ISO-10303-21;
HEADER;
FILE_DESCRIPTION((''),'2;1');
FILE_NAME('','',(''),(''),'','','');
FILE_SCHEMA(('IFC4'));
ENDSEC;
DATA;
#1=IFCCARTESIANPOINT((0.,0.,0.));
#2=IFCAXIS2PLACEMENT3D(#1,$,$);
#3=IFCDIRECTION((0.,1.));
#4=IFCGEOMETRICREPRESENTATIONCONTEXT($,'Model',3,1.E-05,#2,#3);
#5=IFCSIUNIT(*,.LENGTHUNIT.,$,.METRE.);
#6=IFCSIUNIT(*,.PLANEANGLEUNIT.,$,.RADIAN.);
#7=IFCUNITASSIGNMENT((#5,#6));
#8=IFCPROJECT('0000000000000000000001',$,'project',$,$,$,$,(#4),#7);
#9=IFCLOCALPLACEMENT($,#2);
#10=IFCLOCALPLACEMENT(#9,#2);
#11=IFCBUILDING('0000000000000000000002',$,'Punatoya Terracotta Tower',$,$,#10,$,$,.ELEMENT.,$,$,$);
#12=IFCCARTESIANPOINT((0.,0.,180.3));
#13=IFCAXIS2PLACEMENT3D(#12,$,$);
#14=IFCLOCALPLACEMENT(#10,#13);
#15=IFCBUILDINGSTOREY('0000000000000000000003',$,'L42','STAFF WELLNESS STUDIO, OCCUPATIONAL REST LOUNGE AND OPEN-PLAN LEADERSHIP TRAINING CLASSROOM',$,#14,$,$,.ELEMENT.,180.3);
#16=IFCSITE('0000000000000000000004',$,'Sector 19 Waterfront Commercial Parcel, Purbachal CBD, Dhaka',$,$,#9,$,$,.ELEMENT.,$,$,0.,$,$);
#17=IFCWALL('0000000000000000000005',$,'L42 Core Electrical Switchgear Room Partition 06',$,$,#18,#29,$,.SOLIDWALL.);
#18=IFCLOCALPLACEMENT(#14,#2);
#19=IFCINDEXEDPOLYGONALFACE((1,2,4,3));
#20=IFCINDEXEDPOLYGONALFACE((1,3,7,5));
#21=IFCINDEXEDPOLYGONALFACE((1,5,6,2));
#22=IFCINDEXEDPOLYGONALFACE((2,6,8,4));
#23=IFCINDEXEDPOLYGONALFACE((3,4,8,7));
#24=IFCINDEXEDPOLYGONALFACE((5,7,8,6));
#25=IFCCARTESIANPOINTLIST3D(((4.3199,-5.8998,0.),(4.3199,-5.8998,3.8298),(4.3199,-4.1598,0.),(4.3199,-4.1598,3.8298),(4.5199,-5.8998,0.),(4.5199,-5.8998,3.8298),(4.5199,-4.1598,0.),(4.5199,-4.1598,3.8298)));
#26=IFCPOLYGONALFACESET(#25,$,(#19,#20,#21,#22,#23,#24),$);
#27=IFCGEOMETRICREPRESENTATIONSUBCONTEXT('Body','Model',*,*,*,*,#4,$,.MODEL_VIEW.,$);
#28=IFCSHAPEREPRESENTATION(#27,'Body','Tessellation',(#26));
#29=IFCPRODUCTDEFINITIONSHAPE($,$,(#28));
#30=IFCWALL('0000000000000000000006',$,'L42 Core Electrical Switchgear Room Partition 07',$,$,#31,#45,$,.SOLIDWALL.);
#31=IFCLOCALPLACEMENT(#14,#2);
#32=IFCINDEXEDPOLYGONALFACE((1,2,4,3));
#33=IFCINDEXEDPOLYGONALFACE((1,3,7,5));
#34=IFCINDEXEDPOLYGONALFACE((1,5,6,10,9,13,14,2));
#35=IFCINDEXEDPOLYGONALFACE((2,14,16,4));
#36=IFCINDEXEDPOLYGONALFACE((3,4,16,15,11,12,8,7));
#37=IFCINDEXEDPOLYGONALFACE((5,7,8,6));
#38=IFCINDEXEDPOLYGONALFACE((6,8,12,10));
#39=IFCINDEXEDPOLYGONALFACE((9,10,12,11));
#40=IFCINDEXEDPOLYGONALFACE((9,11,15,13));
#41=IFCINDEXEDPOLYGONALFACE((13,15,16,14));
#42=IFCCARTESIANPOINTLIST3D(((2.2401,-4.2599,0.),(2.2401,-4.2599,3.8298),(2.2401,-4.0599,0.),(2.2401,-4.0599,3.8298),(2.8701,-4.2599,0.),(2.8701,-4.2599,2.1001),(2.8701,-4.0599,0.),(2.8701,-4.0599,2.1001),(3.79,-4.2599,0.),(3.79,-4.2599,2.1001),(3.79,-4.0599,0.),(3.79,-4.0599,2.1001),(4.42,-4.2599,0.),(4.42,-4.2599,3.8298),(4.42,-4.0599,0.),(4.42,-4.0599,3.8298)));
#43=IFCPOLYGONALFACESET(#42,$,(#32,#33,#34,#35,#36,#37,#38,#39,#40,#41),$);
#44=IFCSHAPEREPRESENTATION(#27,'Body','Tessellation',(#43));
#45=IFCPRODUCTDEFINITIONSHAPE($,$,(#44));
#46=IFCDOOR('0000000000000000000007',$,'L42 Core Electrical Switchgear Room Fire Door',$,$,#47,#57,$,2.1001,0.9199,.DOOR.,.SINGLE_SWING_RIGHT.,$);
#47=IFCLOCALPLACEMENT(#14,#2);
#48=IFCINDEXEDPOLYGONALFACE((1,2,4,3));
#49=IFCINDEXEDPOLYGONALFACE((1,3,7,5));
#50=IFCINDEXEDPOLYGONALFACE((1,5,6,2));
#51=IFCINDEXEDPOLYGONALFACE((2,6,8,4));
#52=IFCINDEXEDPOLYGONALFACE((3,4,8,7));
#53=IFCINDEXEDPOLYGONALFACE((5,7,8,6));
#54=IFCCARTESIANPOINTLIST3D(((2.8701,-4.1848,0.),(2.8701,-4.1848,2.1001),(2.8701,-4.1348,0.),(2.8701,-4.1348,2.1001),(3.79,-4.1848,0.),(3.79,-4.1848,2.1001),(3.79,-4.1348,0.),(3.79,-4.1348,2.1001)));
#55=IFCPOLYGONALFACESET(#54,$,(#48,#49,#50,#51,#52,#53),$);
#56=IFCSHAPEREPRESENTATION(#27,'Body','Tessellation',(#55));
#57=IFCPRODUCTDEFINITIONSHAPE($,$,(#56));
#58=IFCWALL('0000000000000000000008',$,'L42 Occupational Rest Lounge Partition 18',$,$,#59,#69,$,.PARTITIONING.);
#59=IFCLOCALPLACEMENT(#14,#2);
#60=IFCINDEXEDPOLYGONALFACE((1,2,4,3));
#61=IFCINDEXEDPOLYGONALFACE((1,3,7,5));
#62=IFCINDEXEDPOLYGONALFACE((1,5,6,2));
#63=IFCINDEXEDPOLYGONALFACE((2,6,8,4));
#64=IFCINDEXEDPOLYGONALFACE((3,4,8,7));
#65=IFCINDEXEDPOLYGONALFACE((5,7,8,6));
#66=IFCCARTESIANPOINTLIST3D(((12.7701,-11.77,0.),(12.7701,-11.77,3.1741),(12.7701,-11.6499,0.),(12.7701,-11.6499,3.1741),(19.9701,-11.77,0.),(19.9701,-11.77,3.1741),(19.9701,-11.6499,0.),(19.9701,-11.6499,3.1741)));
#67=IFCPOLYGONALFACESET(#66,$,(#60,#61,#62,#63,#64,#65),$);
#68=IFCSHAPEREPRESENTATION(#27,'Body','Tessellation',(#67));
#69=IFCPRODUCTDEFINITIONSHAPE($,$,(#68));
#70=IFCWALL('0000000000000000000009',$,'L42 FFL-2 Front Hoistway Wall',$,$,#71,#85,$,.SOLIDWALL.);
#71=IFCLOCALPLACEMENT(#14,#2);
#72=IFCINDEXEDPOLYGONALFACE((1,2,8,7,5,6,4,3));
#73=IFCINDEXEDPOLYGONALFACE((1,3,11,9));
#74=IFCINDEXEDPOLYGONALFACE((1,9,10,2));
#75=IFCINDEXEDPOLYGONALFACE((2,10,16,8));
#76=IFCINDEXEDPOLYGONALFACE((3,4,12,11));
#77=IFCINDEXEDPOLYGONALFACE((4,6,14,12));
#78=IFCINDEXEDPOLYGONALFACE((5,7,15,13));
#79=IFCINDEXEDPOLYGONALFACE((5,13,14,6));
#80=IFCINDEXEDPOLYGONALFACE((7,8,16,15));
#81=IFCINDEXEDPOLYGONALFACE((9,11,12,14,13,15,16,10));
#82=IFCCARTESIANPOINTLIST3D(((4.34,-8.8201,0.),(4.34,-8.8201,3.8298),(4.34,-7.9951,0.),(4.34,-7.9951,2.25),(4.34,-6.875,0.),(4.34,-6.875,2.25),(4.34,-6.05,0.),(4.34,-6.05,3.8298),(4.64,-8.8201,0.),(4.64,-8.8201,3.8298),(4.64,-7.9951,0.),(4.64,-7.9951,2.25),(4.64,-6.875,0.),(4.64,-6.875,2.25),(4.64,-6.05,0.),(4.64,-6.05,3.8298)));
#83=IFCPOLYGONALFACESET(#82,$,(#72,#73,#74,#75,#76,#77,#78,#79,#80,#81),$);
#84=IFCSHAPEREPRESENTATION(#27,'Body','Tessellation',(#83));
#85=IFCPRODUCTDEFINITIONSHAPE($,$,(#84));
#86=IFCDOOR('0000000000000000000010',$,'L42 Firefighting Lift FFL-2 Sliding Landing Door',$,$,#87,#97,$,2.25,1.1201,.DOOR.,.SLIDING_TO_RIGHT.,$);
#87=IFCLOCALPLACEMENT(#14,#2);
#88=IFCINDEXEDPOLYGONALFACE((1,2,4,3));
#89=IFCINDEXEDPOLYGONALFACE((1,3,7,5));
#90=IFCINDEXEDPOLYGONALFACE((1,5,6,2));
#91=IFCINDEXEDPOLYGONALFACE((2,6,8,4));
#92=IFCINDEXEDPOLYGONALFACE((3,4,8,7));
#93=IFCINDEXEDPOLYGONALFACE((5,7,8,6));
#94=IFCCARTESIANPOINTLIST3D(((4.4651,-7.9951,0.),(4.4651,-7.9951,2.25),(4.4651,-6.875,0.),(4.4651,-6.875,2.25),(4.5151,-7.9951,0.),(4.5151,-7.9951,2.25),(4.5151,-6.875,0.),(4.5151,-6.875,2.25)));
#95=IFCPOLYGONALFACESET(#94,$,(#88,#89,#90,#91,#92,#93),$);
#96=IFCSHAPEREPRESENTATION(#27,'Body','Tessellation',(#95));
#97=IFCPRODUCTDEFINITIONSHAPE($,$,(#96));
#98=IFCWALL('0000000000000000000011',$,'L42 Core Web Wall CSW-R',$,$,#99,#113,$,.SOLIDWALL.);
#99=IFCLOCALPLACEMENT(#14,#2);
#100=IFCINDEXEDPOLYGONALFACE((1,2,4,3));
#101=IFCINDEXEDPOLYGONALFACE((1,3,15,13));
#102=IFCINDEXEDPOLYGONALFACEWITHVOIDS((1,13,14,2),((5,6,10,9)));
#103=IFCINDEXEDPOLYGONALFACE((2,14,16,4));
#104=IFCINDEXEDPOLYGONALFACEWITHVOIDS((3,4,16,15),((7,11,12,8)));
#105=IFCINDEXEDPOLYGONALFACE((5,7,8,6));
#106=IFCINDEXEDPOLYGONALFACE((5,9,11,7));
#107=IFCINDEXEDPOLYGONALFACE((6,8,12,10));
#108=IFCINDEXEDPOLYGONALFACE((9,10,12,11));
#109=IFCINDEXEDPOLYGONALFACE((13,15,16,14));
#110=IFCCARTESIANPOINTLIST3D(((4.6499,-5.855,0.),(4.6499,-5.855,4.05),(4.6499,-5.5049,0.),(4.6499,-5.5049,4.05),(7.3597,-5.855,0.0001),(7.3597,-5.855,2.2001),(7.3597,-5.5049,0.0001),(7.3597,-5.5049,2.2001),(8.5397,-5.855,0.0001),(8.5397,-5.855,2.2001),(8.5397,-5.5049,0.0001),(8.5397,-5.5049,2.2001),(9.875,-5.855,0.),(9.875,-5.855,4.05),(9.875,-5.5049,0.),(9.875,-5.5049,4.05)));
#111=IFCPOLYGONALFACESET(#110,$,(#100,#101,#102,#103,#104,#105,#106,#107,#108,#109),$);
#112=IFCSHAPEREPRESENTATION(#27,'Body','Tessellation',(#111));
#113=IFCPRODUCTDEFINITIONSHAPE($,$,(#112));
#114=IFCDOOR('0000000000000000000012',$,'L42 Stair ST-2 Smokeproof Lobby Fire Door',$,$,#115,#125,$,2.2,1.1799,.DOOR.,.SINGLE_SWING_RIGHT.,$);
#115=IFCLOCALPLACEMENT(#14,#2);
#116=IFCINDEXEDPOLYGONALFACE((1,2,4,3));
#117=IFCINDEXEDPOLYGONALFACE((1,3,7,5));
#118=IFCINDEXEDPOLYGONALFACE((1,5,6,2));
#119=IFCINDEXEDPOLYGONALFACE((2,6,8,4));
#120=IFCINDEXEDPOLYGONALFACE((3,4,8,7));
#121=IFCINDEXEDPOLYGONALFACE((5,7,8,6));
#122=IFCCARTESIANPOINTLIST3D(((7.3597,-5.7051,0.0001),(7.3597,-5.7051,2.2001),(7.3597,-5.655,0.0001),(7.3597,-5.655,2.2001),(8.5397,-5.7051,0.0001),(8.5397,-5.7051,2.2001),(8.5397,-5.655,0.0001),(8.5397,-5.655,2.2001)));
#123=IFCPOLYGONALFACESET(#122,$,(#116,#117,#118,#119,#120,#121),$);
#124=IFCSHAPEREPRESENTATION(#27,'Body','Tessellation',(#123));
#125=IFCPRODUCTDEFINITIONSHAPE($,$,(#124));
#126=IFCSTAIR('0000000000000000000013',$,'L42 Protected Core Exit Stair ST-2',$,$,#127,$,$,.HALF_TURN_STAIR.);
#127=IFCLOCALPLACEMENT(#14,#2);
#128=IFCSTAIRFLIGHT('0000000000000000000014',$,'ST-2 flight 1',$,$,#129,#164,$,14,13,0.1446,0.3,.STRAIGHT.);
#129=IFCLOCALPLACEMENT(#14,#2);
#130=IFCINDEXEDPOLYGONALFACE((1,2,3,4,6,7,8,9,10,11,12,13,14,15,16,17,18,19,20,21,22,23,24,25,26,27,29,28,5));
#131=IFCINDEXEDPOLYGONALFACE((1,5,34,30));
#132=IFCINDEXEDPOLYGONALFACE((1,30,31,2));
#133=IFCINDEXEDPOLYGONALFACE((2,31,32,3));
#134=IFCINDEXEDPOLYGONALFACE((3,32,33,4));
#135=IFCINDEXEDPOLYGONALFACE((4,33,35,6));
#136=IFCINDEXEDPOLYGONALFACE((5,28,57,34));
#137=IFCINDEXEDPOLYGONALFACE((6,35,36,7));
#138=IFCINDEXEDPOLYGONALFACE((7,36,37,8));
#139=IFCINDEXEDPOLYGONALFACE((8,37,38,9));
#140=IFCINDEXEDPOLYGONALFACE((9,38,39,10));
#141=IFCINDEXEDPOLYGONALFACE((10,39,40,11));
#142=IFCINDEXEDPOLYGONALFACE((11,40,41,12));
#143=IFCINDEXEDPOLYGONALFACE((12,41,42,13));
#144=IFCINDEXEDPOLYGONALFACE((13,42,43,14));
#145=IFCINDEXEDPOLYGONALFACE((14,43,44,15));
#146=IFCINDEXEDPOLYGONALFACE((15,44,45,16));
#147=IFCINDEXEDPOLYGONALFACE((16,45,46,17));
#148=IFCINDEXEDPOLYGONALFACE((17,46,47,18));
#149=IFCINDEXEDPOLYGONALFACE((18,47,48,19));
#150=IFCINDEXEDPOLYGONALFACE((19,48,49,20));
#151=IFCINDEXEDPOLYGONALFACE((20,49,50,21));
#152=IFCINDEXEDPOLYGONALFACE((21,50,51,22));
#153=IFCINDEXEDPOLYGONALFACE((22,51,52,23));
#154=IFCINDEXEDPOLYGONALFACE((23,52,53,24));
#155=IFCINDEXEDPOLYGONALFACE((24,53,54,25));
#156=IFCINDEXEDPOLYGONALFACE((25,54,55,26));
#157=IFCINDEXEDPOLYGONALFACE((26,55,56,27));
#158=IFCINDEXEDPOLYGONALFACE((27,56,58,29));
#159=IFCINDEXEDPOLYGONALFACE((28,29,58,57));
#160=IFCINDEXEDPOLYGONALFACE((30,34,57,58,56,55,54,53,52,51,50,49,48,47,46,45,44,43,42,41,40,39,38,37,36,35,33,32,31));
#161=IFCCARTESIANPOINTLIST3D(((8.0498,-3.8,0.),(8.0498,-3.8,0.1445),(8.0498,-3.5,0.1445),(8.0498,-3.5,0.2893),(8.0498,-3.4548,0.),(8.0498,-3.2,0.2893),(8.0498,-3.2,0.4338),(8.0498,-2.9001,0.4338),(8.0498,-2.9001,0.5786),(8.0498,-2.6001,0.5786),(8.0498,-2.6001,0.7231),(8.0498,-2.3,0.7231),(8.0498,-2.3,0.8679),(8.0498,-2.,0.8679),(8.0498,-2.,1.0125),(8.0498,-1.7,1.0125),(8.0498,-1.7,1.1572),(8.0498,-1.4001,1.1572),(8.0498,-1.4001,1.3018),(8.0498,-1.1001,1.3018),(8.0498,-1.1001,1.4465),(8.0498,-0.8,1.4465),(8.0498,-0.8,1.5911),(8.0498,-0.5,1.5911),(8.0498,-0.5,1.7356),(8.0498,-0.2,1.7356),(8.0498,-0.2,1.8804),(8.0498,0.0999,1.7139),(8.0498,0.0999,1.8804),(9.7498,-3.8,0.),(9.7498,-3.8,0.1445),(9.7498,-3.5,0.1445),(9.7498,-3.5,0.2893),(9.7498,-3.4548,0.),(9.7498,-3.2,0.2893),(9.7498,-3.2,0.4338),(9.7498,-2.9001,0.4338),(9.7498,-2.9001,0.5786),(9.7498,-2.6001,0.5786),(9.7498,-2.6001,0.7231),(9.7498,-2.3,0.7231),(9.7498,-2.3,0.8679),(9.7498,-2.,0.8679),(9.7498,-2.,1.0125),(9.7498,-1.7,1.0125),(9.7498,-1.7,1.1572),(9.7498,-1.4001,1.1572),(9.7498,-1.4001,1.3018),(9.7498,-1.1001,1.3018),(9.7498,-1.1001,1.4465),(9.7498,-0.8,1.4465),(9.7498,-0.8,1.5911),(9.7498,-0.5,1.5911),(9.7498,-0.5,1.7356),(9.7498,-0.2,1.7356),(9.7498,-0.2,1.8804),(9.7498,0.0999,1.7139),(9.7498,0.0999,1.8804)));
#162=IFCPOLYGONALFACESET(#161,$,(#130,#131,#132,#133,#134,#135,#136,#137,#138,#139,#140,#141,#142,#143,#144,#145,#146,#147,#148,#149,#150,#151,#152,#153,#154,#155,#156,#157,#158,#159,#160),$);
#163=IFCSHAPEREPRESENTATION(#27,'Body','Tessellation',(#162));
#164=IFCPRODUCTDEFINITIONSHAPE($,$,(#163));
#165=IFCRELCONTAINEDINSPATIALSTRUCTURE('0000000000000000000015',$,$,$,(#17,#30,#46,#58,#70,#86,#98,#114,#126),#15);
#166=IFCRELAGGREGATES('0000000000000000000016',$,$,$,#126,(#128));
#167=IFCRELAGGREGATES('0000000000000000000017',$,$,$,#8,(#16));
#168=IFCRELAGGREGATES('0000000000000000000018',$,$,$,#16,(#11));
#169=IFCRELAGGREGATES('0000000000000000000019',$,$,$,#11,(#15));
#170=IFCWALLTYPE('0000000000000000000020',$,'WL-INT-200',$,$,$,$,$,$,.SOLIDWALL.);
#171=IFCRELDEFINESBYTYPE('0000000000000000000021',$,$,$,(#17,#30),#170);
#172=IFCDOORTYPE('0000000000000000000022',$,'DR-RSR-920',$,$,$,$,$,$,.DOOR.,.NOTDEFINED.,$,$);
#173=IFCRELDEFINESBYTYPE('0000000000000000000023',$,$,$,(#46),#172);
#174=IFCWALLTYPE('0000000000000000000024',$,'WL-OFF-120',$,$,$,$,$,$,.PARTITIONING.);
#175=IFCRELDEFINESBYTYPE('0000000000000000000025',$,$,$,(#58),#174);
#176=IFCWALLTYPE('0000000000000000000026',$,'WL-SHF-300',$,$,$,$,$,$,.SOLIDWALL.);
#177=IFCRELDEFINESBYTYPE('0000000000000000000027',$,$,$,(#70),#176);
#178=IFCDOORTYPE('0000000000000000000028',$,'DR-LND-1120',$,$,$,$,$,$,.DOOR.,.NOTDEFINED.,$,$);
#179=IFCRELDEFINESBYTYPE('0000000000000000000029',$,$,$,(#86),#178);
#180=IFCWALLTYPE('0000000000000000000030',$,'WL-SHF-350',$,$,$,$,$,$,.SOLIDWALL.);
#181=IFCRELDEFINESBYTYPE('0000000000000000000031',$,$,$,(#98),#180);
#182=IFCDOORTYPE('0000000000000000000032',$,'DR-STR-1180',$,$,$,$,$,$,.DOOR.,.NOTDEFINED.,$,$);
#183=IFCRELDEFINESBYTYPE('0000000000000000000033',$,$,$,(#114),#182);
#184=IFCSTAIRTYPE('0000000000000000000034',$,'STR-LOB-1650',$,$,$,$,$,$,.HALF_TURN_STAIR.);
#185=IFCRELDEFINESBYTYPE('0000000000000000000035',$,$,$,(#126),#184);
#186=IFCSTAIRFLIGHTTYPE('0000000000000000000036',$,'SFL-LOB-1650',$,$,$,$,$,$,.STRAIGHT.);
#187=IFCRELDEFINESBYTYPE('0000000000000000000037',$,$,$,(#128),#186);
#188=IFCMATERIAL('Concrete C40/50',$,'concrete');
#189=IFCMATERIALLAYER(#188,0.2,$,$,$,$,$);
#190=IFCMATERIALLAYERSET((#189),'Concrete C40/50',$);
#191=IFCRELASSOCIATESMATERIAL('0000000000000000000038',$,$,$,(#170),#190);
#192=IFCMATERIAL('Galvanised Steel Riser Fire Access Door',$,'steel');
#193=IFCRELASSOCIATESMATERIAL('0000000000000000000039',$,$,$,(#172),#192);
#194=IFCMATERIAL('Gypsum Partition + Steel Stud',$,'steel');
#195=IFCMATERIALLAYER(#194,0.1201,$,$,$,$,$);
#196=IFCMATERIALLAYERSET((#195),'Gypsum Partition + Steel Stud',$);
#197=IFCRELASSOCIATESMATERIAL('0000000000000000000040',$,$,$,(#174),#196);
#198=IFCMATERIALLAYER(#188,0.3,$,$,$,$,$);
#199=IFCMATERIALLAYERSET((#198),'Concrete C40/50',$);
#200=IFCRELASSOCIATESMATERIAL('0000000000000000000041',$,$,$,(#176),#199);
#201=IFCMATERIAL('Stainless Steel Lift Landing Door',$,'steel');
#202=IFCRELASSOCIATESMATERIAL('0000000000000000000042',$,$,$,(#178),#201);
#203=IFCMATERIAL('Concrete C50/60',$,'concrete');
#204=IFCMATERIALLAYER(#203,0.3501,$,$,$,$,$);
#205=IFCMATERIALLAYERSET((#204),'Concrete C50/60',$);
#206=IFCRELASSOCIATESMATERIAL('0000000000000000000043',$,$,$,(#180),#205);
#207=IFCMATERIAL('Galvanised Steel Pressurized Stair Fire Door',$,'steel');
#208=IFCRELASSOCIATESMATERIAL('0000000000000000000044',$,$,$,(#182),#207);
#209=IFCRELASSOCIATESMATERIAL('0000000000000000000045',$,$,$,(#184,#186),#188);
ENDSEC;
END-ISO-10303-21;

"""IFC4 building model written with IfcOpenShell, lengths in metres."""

from ifc_helpers import new_model, si_unit, direction, frame, frame_2d, origin, place, context, subcontext, project, spatial, polyline, rectangle, outline, extrude, material, layer, layer_set, type_object, element, fill, aggregate, save


model = new_model("IFC4")

# Units and contexts
model_context = context("Model", 3, precision=1e-05, world=origin(), true_north=direction((0.0, 1.0)))
body_context = subcontext(model_context, "Body", "Model", "MODEL_VIEW")
ifc_project = project(units=[si_unit("LENGTHUNIT", "METRE"), si_unit("PLANEANGLEUNIT", "RADIAN")], contexts=[model_context])

# Site, building, storey
site_placement = place(None, origin())
site = spatial("IfcSite", under=ifc_project, at=site_placement, Name="Sector 19 Waterfront Commercial Parcel, Purbachal CBD, Dhaka", CompositionType="ELEMENT", RefElevation=0.0)
building_placement = place(site_placement, origin())
building = spatial("IfcBuilding", under=site, at=building_placement, Name="Punatoya Terracotta Tower", CompositionType="ELEMENT")
storey_placement = place(building_placement, frame((0.0, 0.0, 180.3)))
storey = spatial("IfcBuildingStorey", under=building, at=storey_placement, Name="L42", Description="STAFF WELLNESS STUDIO, OCCUPATIONAL REST LOUNGE AND OPEN-PLAN LEADERSHIP TRAINING CLASSROOM", CompositionType="ELEMENT", Elevation=180.3)

# Wall
ifc_material_1 = material(Name="Concrete C40/50", Category="concrete")
ifc_layer_1 = layer(ifc_material_1, 0.2)
ifc_layer_set_1 = layer_set([ifc_layer_1], Name="Concrete C40/50")
wall_type_1 = type_object("IfcWallType", Name="WL-INT-200", PredefinedType="SOLIDWALL", material=ifc_layer_set_1)
wall_1_placement = place(storey_placement, frame((4.4199, -5.8999, 0.0), z_axis=(0.0, 0.0, 1.0), x_axis=(0.0, 1.0, 0.0)))
element("IfcWall", 1, at=wall_1_placement, inside=storey, type_object=wall_type_1, Name="L42 Core Electrical Switchgear Room Partition 06", PredefinedType="SOLIDWALL", context=body_context, shape_type="SweptSolid", body=[
    extrude(rectangle(XDim=1.74, YDim=0.2, at=frame_2d((0.8701, 0.0))), origin(), (0.0, 0.0, 1.0), 3.8298),
])

# Wall, opening, door
wall_2_placement = place(storey_placement, frame((4.4199, -4.1599, 0.0), z_axis=(0.0, 0.0, 1.0), x_axis=(-1.0, 0.0, 0.0)))
wall_2 = element("IfcWall", 2, at=wall_2_placement, inside=storey, type_object=wall_type_1, Name="L42 Core Electrical Switchgear Room Partition 07", PredefinedType="SOLIDWALL", context=body_context, shape_type="SweptSolid", body=[
    extrude(rectangle(XDim=2.1799, YDim=0.2, at=frame_2d((1.0898, 0.0))), origin(), (0.0, 0.0, 1.0), 3.8298),
])
opening_1_placement = place(wall_2_placement, frame((0.6299, 0.0, 0.0)))
opening_1 = element("IfcOpeningElement", 3, at=opening_1_placement, cuts=wall_2, PredefinedType="OPENING", context=body_context, shape_type="SweptSolid", body=[
    extrude(rectangle(XDim=0.9199, YDim=2.1001, at=frame_2d((0.46, 1.05))), frame((0.0, 0.1099, 0.0), z_axis=(0.0, -1.0, 0.0), x_axis=(1.0, 0.0, 0.0)), (0.0, 0.0, 1.0), 0.22),
])
ifc_material_2 = material(Name="Galvanised Steel Riser Fire Access Door", Category="steel")
door_type_1 = type_object("IfcDoorType", Name="DR-RSR-920", OperationType="NOTDEFINED", PredefinedType="DOOR", material=ifc_material_2)
door_1_placement = place(opening_1_placement, origin())
door_1 = element("IfcDoor", 4, at=door_1_placement, inside=storey, type_object=door_type_1, Name="L42 Core Electrical Switchgear Room Fire Door", OperationType="SINGLE_SWING_RIGHT", OverallHeight=2.1001, OverallWidth=0.9199, PredefinedType="DOOR", context=body_context, shape_type="SweptSolid", body=[
    extrude(rectangle(XDim=0.9199, YDim=2.1001, at=frame_2d((0.46, 1.05))), frame((0.0, 0.0249, 0.0), z_axis=(0.0, -1.0, 0.0), x_axis=(1.0, 0.0, 0.0)), (0.0, 0.0, 1.0), 0.05),
])
fill(opening_1, door_1)

# Wall
ifc_material_3 = material(Name="Gypsum Partition + Steel Stud", Category="steel")
ifc_layer_2 = layer(ifc_material_3, 0.1201)
ifc_layer_set_2 = layer_set([ifc_layer_2], Name="Gypsum Partition + Steel Stud")
wall_type_2 = type_object("IfcWallType", Name="WL-OFF-120", PredefinedType="PARTITIONING", material=ifc_layer_set_2)
wall_3_placement = place(storey_placement, frame((12.77, -11.71, 0.0), z_axis=(0.0, 0.0, 1.0), x_axis=(1.0, 0.0, 0.0)))
element("IfcWall", 5, at=wall_3_placement, inside=storey, type_object=wall_type_2, Name="L42 Occupational Rest Lounge Partition 18", PredefinedType="PARTITIONING", context=body_context, shape_type="SweptSolid", body=[
    extrude(rectangle(XDim=7.2, YDim=0.1201, at=frame_2d((3.6001, 0.0))), origin(), (0.0, 0.0, 1.0), 3.1741),
])

# Walls, openings, doors
ifc_layer_3 = layer(ifc_material_1, 0.3)
ifc_layer_set_3 = layer_set([ifc_layer_3], Name="Concrete C40/50")
wall_type_3 = type_object("IfcWallType", Name="WL-SHF-300", PredefinedType="SOLIDWALL", material=ifc_layer_set_3)
wall_4_placement = place(storey_placement, frame((4.49, -8.8201, 0.0), z_axis=(0.0, 0.0, 1.0), x_axis=(0.0, 1.0, 0.0)))
wall_4 = element("IfcWall", 6, at=wall_4_placement, inside=storey, type_object=wall_type_3, Name="L42 FFL-2 Front Hoistway Wall", PredefinedType="SOLIDWALL", context=body_context, shape_type="SweptSolid", body=[
    extrude(rectangle(XDim=2.77, YDim=0.3, at=frame_2d((1.385, 0.0))), origin(), (0.0, 0.0, 1.0), 3.8298),
])
opening_2_placement = place(wall_4_placement, frame((0.825, 0.0, 0.0)))
opening_2 = element("IfcOpeningElement", 7, at=opening_2_placement, cuts=wall_4, PredefinedType="OPENING", context=body_context, shape_type="SweptSolid", body=[
    extrude(rectangle(XDim=1.1201, YDim=2.25, at=frame_2d((0.5601, 1.125))), frame((0.0, 0.1599, 0.0), z_axis=(0.0, -1.0, 0.0), x_axis=(1.0, 0.0, 0.0)), (0.0, 0.0, 1.0), 0.3201),
])
ifc_material_4 = material(Name="Stainless Steel Lift Landing Door", Category="steel")
door_type_2 = type_object("IfcDoorType", Name="DR-LND-1120", OperationType="NOTDEFINED", PredefinedType="DOOR", material=ifc_material_4)
door_2_placement = place(opening_2_placement, origin())
door_2 = element("IfcDoor", 8, at=door_2_placement, inside=storey, type_object=door_type_2, Name="L42 Firefighting Lift FFL-2 Sliding Landing Door", OperationType="SLIDING_TO_RIGHT", OverallHeight=2.25, OverallWidth=1.1201, PredefinedType="DOOR", context=body_context, shape_type="SweptSolid", body=[
    extrude(rectangle(XDim=1.1201, YDim=2.25, at=frame_2d((0.5601, 1.125))), frame((0.0, 0.0249, 0.0), z_axis=(0.0, -1.0, 0.0), x_axis=(1.0, 0.0, 0.0)), (0.0, 0.0, 1.0), 0.05),
])
fill(opening_2, door_2)
ifc_material_5 = material(Name="Concrete C50/60", Category="concrete")
ifc_layer_4 = layer(ifc_material_5, 0.3501)
ifc_layer_set_4 = layer_set([ifc_layer_4], Name="Concrete C50/60")
wall_type_4 = type_object("IfcWallType", Name="WL-SHF-350", PredefinedType="SOLIDWALL", material=ifc_layer_set_4)
wall_5_placement = place(storey_placement, frame((4.6499, -5.6799, 0.0), z_axis=(0.0, 0.0, 1.0), x_axis=(1.0, 0.0, 0.0)))
wall_5 = element("IfcWall", 9, at=wall_5_placement, inside=storey, type_object=wall_type_4, Name="L42 Core Web Wall CSW-R", PredefinedType="SOLIDWALL", context=body_context, shape_type="SweptSolid", body=[
    extrude(rectangle(XDim=5.2251, YDim=0.3501, at=frame_2d((2.6125, 0.0))), origin(), (0.0, 0.0, 1.0), 4.05),
])
opening_3_placement = place(wall_5_placement, frame((2.71, 0.0, 0.0)))
opening_3 = element("IfcOpeningElement", 10, at=opening_3_placement, cuts=wall_5, PredefinedType="OPENING", context=body_context, shape_type="SweptSolid", body=[
    extrude(rectangle(XDim=1.1799, YDim=2.2, at=frame_2d((0.5898, 1.1001))), frame((0.0, 0.1851, 0.0), z_axis=(0.0, -1.0, 0.0), x_axis=(1.0, 0.0, 0.0)), (0.0, 0.0, 1.0), 0.3701),
])
ifc_material_6 = material(Name="Galvanised Steel Pressurized Stair Fire Door", Category="steel")
door_type_3 = type_object("IfcDoorType", Name="DR-STR-1180", OperationType="NOTDEFINED", PredefinedType="DOOR", material=ifc_material_6)
door_3_placement = place(opening_3_placement, origin())
door_3 = element("IfcDoor", 11, at=door_3_placement, inside=storey, type_object=door_type_3, Name="L42 Stair ST-2 Smokeproof Lobby Fire Door", OperationType="SINGLE_SWING_RIGHT", OverallHeight=2.2, OverallWidth=1.1799, PredefinedType="DOOR", context=body_context, shape_type="SweptSolid", body=[
    extrude(rectangle(XDim=1.1799, YDim=2.2, at=frame_2d((0.5898, 1.1001))), frame((0.0, 0.0249, 0.0), z_axis=(0.0, -1.0, 0.0), x_axis=(1.0, 0.0, 0.0)), (0.0, 0.0, 1.0), 0.05),
])
fill(opening_3, door_3)

# Stair, stair flight
stair_type = type_object("IfcStairType", Name="STR-LOB-1650", PredefinedType="HALF_TURN_STAIR", material=ifc_material_1)
stair_placement = place(storey_placement, origin())
stair = element("IfcStair", 12, at=stair_placement, inside=storey, type_object=stair_type, Name="L42 Protected Core Exit Stair ST-2", PredefinedType="HALF_TURN_STAIR")
stair_flight_type = type_object("IfcStairFlightType", Name="SFL-LOB-1650", PredefinedType="STRAIGHT", material=ifc_material_1)
stair_flight_placement = place(storey_placement, frame((8.8999, -3.8, 0.0), z_axis=(0.0, 0.0, 1.0), x_axis=(0.0, 1.0, 0.0)))
stair_flight = element("IfcStairFlight", 13, at=stair_flight_placement, type_object=stair_flight_type, Name="ST-2 flight 1", NumberOfRisers=14, NumberOfTreads=13, PredefinedType="STRAIGHT", RiserHeight=0.1446, TreadLength=0.3, context=body_context, shape_type="SweptSolid", body=[
    extrude(outline(polyline([(0.0, 0.0), (0.0, 0.1445), (0.3, 0.1445), (0.3, 0.2893), (0.6001, 0.2893), (0.6001, 0.4338), (0.8999, 0.4338), (0.8999, 0.5786), (1.2, 0.5786), (1.2, 0.7231), (1.5, 0.7231), (1.5, 0.8679), (1.8, 0.8679), (1.8, 1.0125), (2.1001, 1.0125), (2.1001, 1.1572), (2.3999, 1.1572), (2.3999, 1.3018), (2.7, 1.3018), (2.7, 1.4465), (3.0, 1.4465), (3.0, 1.5911), (3.3, 1.5911), (3.3, 1.7356), (3.6001, 1.7356), (3.6001, 1.8804), (3.8999, 1.8804), (3.8999, 2.0249), (3.8999, 1.7139), (0.3452, 0.0), (0.0, 0.0)])), frame((0.0, 0.8501, 0.0), z_axis=(0.0, -1.0, 0.0), x_axis=(1.0, 0.0, 0.0)), (0.0, 0.0, 1.0), 1.7),
])
aggregate(stair, [stair_flight])

save(model, "model.ifc")
